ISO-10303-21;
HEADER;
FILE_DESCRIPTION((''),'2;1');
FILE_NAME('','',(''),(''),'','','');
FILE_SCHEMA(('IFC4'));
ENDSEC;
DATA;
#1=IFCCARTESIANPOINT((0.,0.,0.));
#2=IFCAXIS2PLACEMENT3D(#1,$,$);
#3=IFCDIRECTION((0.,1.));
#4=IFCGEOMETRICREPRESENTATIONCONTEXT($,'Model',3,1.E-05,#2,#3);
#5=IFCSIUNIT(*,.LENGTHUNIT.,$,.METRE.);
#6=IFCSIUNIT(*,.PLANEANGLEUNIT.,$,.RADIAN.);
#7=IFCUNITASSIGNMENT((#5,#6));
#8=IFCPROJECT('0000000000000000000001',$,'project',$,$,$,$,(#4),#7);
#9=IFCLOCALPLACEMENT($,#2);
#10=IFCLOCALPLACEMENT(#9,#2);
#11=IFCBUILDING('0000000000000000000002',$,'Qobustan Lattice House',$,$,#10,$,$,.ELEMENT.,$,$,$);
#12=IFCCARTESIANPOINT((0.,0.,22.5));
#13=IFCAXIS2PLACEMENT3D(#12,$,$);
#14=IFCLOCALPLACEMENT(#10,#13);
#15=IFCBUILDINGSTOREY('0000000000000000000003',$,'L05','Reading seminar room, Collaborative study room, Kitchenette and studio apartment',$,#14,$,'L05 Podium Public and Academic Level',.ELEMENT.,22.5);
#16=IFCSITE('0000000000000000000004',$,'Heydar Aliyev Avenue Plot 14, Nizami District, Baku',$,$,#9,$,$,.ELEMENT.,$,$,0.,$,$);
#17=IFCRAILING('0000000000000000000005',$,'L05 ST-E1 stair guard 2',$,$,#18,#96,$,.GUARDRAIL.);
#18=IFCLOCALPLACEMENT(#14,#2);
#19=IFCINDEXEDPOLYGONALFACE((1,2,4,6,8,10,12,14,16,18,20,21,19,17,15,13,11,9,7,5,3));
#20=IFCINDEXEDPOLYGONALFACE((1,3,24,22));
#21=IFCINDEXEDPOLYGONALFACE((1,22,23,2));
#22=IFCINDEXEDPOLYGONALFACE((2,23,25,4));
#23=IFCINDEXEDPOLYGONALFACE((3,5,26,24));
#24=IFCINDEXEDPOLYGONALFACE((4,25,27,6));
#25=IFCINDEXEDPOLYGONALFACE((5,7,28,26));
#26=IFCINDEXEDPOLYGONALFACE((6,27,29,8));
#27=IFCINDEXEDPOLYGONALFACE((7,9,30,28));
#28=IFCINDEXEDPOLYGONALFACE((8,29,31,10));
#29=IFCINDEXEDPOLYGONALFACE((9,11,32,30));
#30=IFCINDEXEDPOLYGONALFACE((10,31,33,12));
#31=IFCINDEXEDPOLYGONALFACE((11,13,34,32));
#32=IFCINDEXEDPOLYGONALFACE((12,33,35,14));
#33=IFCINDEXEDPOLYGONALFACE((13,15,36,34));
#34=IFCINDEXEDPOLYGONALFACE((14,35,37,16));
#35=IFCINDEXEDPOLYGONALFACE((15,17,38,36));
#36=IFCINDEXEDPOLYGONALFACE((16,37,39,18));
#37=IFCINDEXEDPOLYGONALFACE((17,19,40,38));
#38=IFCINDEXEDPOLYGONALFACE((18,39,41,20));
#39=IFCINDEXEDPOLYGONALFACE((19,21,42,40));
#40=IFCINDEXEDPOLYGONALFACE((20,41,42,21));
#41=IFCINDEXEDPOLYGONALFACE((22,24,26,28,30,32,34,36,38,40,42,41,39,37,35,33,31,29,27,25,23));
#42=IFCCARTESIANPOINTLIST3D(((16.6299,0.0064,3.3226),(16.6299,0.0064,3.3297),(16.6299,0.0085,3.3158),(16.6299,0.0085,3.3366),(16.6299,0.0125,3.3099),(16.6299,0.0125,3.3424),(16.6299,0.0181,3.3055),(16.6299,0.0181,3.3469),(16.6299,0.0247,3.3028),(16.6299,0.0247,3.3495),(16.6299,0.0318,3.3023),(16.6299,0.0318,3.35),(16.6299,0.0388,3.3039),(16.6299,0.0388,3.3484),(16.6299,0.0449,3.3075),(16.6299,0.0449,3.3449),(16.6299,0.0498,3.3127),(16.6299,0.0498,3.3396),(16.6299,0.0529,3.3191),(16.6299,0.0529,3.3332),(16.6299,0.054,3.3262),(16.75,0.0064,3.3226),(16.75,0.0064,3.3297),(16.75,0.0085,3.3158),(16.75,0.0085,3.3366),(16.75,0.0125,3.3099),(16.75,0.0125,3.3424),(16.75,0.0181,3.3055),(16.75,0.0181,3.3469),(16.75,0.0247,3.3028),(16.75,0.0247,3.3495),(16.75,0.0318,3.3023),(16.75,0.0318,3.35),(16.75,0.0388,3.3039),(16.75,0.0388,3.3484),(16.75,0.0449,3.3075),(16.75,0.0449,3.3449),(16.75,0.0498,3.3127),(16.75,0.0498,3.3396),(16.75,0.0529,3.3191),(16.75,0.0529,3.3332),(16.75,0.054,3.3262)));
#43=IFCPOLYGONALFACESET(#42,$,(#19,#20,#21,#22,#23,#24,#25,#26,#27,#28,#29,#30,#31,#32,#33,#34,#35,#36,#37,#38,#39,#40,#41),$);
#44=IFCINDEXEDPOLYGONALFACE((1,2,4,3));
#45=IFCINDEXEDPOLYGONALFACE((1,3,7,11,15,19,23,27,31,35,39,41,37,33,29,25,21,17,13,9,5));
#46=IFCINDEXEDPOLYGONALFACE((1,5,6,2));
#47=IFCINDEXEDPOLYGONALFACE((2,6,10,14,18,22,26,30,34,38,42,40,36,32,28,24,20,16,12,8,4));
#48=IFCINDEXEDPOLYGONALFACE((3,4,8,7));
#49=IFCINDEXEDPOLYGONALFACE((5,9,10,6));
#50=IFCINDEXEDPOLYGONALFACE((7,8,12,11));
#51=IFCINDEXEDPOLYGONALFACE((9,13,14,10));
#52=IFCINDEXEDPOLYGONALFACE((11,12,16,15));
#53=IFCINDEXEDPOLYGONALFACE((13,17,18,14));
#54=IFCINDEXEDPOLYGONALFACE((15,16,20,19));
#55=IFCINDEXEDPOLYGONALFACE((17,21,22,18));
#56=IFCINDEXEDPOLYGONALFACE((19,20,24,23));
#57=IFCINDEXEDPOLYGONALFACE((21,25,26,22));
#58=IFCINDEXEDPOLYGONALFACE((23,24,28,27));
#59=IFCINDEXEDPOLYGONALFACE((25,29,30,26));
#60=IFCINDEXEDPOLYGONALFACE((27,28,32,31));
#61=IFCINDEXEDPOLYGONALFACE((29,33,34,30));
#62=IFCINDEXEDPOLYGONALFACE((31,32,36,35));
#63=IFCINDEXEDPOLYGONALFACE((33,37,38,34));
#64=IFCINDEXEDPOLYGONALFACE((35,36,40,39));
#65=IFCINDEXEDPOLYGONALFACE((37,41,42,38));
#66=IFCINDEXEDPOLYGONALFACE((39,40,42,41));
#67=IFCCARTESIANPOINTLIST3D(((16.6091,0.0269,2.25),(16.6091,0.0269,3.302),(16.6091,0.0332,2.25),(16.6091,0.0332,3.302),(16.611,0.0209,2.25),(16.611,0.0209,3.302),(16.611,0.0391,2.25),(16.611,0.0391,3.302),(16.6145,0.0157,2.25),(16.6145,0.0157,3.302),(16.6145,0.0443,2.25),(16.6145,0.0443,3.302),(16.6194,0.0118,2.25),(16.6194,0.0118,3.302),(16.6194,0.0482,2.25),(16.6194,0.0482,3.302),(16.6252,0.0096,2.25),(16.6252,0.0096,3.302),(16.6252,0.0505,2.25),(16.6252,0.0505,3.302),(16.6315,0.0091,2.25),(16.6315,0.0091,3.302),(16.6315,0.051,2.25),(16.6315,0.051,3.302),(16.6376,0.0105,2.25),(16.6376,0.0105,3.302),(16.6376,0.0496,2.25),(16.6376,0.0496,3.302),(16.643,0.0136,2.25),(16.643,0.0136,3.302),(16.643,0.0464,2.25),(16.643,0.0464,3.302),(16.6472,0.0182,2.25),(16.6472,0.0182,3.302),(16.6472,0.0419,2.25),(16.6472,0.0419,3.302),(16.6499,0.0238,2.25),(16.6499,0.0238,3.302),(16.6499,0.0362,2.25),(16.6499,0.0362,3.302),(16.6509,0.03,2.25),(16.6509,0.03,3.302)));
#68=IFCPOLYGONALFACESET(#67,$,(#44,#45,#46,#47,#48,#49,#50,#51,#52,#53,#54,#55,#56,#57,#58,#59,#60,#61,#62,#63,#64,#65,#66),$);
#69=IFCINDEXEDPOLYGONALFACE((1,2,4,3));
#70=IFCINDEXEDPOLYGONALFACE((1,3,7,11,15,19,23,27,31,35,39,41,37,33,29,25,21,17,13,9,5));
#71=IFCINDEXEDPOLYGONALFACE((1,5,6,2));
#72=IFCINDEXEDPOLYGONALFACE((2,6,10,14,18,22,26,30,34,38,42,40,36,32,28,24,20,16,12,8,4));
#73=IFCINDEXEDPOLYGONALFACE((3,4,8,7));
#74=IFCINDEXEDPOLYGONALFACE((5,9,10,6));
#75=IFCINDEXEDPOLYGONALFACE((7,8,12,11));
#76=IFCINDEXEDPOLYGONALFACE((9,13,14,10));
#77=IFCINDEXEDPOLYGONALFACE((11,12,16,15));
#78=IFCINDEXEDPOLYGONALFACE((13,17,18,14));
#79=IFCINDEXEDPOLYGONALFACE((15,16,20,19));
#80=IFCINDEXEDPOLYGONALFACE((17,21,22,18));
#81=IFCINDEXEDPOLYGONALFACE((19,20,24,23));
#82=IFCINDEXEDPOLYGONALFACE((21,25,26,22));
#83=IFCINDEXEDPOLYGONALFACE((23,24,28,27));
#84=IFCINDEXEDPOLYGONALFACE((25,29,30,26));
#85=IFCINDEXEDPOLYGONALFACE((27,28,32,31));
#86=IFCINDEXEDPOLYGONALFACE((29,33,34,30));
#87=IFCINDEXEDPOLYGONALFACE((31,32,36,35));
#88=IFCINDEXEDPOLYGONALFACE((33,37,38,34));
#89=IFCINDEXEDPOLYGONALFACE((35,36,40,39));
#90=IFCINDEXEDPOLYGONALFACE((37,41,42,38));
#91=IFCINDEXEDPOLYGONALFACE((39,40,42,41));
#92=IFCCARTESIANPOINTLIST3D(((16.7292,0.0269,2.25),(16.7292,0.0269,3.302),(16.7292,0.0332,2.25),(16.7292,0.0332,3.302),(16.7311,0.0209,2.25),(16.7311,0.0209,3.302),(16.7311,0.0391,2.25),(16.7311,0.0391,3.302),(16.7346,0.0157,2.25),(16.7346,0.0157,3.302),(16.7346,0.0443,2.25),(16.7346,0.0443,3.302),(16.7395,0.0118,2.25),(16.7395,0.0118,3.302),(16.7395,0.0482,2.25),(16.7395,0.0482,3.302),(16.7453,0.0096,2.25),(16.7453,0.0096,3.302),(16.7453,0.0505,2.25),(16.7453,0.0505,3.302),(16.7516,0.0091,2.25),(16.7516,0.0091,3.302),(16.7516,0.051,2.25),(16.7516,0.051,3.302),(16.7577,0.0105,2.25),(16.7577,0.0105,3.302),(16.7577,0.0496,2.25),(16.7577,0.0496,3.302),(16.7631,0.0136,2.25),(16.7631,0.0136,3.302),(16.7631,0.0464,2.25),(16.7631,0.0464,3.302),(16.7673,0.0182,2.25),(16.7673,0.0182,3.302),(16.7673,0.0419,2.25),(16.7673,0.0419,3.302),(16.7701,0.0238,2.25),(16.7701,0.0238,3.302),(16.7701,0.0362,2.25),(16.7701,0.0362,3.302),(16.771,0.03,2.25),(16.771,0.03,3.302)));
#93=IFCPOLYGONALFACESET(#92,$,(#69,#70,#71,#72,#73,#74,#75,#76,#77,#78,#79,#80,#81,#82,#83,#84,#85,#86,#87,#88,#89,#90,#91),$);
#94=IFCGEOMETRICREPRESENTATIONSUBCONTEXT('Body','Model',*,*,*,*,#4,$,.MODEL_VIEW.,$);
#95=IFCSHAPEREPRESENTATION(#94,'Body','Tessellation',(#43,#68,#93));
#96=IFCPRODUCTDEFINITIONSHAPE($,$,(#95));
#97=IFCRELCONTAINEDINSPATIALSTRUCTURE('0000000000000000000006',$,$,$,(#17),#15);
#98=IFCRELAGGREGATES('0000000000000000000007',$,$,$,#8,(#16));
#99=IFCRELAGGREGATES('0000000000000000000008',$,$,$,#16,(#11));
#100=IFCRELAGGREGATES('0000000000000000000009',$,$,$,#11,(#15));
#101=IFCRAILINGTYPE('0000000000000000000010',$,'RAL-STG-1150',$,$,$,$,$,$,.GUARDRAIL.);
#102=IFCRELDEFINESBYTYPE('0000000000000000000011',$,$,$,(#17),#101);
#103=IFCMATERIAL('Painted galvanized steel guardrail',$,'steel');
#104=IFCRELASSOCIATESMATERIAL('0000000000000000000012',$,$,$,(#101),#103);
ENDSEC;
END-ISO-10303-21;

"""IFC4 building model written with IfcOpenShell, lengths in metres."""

from ifc_helpers import new_model, si_unit, direction, frame, origin, origin_2d, place, context, subcontext, project, spatial, circle, extrude, material, type_object, element, save


model = new_model("IFC4")

# Units and contexts
model_context = context("Model", 3, precision=1e-05, world=origin(), true_north=direction((0.0, 1.0)))
body_context = subcontext(model_context, "Body", "Model", "MODEL_VIEW")
ifc_project = project(units=[si_unit("LENGTHUNIT", "METRE"), si_unit("PLANEANGLEUNIT", "RADIAN")], contexts=[model_context])

# Site, building, storey
site_placement = place(None, origin())
site = spatial("IfcSite", under=ifc_project, at=site_placement, Name="Heydar Aliyev Avenue Plot 14, Nizami District, Baku", CompositionType="ELEMENT", RefElevation=0.0)
building_placement = place(site_placement, origin())
building = spatial("IfcBuilding", under=site, at=building_placement, Name="Qobustan Lattice House", CompositionType="ELEMENT")
storey_placement = place(building_placement, frame((0.0, 0.0, 22.5)))
storey = spatial("IfcBuildingStorey", under=building, at=storey_placement, Name="L05", Description="Reading seminar room, Collaborative study room, Kitchenette and studio apartment", LongName="L05 Podium Public and Academic Level", CompositionType="ELEMENT", Elevation=22.5)

# Railing
ifc_material_1 = material(Name="Painted galvanized steel guardrail", Category="steel")
railing_type_1 = type_object("IfcRailingType", Name="RAL-STG-1150", PredefinedType="GUARDRAIL", material=ifc_material_1)
railing_1_placement = place(storey_placement, frame((16.6299, 0.03, 2.25)))
element("IfcRailing", 1, at=railing_1_placement, inside=storey, type_object=railing_type_1, Name="L05 ST-E1 stair guard 2", PredefinedType="GUARDRAIL", context=body_context, shape_type="SweptSolid", body=[
    extrude(circle(Radius=0.0239, at=origin_2d()), frame((0.0, 0.0, 1.0762), z_axis=(1.0, 0.0, 0.0), x_axis=(0.0, 1.0, 0.0)), (0.0, 0.0, 1.0), 0.1201),
    extrude(circle(Radius=0.021, at=origin_2d()), origin(), (0.0, 0.0, 1.0), 1.052),
    extrude(circle(Radius=0.021, at=origin_2d()), frame((0.1201, 0.0, 0.0)), (0.0, 0.0, 1.0), 1.052),
])

save(model, "model.ifc")
